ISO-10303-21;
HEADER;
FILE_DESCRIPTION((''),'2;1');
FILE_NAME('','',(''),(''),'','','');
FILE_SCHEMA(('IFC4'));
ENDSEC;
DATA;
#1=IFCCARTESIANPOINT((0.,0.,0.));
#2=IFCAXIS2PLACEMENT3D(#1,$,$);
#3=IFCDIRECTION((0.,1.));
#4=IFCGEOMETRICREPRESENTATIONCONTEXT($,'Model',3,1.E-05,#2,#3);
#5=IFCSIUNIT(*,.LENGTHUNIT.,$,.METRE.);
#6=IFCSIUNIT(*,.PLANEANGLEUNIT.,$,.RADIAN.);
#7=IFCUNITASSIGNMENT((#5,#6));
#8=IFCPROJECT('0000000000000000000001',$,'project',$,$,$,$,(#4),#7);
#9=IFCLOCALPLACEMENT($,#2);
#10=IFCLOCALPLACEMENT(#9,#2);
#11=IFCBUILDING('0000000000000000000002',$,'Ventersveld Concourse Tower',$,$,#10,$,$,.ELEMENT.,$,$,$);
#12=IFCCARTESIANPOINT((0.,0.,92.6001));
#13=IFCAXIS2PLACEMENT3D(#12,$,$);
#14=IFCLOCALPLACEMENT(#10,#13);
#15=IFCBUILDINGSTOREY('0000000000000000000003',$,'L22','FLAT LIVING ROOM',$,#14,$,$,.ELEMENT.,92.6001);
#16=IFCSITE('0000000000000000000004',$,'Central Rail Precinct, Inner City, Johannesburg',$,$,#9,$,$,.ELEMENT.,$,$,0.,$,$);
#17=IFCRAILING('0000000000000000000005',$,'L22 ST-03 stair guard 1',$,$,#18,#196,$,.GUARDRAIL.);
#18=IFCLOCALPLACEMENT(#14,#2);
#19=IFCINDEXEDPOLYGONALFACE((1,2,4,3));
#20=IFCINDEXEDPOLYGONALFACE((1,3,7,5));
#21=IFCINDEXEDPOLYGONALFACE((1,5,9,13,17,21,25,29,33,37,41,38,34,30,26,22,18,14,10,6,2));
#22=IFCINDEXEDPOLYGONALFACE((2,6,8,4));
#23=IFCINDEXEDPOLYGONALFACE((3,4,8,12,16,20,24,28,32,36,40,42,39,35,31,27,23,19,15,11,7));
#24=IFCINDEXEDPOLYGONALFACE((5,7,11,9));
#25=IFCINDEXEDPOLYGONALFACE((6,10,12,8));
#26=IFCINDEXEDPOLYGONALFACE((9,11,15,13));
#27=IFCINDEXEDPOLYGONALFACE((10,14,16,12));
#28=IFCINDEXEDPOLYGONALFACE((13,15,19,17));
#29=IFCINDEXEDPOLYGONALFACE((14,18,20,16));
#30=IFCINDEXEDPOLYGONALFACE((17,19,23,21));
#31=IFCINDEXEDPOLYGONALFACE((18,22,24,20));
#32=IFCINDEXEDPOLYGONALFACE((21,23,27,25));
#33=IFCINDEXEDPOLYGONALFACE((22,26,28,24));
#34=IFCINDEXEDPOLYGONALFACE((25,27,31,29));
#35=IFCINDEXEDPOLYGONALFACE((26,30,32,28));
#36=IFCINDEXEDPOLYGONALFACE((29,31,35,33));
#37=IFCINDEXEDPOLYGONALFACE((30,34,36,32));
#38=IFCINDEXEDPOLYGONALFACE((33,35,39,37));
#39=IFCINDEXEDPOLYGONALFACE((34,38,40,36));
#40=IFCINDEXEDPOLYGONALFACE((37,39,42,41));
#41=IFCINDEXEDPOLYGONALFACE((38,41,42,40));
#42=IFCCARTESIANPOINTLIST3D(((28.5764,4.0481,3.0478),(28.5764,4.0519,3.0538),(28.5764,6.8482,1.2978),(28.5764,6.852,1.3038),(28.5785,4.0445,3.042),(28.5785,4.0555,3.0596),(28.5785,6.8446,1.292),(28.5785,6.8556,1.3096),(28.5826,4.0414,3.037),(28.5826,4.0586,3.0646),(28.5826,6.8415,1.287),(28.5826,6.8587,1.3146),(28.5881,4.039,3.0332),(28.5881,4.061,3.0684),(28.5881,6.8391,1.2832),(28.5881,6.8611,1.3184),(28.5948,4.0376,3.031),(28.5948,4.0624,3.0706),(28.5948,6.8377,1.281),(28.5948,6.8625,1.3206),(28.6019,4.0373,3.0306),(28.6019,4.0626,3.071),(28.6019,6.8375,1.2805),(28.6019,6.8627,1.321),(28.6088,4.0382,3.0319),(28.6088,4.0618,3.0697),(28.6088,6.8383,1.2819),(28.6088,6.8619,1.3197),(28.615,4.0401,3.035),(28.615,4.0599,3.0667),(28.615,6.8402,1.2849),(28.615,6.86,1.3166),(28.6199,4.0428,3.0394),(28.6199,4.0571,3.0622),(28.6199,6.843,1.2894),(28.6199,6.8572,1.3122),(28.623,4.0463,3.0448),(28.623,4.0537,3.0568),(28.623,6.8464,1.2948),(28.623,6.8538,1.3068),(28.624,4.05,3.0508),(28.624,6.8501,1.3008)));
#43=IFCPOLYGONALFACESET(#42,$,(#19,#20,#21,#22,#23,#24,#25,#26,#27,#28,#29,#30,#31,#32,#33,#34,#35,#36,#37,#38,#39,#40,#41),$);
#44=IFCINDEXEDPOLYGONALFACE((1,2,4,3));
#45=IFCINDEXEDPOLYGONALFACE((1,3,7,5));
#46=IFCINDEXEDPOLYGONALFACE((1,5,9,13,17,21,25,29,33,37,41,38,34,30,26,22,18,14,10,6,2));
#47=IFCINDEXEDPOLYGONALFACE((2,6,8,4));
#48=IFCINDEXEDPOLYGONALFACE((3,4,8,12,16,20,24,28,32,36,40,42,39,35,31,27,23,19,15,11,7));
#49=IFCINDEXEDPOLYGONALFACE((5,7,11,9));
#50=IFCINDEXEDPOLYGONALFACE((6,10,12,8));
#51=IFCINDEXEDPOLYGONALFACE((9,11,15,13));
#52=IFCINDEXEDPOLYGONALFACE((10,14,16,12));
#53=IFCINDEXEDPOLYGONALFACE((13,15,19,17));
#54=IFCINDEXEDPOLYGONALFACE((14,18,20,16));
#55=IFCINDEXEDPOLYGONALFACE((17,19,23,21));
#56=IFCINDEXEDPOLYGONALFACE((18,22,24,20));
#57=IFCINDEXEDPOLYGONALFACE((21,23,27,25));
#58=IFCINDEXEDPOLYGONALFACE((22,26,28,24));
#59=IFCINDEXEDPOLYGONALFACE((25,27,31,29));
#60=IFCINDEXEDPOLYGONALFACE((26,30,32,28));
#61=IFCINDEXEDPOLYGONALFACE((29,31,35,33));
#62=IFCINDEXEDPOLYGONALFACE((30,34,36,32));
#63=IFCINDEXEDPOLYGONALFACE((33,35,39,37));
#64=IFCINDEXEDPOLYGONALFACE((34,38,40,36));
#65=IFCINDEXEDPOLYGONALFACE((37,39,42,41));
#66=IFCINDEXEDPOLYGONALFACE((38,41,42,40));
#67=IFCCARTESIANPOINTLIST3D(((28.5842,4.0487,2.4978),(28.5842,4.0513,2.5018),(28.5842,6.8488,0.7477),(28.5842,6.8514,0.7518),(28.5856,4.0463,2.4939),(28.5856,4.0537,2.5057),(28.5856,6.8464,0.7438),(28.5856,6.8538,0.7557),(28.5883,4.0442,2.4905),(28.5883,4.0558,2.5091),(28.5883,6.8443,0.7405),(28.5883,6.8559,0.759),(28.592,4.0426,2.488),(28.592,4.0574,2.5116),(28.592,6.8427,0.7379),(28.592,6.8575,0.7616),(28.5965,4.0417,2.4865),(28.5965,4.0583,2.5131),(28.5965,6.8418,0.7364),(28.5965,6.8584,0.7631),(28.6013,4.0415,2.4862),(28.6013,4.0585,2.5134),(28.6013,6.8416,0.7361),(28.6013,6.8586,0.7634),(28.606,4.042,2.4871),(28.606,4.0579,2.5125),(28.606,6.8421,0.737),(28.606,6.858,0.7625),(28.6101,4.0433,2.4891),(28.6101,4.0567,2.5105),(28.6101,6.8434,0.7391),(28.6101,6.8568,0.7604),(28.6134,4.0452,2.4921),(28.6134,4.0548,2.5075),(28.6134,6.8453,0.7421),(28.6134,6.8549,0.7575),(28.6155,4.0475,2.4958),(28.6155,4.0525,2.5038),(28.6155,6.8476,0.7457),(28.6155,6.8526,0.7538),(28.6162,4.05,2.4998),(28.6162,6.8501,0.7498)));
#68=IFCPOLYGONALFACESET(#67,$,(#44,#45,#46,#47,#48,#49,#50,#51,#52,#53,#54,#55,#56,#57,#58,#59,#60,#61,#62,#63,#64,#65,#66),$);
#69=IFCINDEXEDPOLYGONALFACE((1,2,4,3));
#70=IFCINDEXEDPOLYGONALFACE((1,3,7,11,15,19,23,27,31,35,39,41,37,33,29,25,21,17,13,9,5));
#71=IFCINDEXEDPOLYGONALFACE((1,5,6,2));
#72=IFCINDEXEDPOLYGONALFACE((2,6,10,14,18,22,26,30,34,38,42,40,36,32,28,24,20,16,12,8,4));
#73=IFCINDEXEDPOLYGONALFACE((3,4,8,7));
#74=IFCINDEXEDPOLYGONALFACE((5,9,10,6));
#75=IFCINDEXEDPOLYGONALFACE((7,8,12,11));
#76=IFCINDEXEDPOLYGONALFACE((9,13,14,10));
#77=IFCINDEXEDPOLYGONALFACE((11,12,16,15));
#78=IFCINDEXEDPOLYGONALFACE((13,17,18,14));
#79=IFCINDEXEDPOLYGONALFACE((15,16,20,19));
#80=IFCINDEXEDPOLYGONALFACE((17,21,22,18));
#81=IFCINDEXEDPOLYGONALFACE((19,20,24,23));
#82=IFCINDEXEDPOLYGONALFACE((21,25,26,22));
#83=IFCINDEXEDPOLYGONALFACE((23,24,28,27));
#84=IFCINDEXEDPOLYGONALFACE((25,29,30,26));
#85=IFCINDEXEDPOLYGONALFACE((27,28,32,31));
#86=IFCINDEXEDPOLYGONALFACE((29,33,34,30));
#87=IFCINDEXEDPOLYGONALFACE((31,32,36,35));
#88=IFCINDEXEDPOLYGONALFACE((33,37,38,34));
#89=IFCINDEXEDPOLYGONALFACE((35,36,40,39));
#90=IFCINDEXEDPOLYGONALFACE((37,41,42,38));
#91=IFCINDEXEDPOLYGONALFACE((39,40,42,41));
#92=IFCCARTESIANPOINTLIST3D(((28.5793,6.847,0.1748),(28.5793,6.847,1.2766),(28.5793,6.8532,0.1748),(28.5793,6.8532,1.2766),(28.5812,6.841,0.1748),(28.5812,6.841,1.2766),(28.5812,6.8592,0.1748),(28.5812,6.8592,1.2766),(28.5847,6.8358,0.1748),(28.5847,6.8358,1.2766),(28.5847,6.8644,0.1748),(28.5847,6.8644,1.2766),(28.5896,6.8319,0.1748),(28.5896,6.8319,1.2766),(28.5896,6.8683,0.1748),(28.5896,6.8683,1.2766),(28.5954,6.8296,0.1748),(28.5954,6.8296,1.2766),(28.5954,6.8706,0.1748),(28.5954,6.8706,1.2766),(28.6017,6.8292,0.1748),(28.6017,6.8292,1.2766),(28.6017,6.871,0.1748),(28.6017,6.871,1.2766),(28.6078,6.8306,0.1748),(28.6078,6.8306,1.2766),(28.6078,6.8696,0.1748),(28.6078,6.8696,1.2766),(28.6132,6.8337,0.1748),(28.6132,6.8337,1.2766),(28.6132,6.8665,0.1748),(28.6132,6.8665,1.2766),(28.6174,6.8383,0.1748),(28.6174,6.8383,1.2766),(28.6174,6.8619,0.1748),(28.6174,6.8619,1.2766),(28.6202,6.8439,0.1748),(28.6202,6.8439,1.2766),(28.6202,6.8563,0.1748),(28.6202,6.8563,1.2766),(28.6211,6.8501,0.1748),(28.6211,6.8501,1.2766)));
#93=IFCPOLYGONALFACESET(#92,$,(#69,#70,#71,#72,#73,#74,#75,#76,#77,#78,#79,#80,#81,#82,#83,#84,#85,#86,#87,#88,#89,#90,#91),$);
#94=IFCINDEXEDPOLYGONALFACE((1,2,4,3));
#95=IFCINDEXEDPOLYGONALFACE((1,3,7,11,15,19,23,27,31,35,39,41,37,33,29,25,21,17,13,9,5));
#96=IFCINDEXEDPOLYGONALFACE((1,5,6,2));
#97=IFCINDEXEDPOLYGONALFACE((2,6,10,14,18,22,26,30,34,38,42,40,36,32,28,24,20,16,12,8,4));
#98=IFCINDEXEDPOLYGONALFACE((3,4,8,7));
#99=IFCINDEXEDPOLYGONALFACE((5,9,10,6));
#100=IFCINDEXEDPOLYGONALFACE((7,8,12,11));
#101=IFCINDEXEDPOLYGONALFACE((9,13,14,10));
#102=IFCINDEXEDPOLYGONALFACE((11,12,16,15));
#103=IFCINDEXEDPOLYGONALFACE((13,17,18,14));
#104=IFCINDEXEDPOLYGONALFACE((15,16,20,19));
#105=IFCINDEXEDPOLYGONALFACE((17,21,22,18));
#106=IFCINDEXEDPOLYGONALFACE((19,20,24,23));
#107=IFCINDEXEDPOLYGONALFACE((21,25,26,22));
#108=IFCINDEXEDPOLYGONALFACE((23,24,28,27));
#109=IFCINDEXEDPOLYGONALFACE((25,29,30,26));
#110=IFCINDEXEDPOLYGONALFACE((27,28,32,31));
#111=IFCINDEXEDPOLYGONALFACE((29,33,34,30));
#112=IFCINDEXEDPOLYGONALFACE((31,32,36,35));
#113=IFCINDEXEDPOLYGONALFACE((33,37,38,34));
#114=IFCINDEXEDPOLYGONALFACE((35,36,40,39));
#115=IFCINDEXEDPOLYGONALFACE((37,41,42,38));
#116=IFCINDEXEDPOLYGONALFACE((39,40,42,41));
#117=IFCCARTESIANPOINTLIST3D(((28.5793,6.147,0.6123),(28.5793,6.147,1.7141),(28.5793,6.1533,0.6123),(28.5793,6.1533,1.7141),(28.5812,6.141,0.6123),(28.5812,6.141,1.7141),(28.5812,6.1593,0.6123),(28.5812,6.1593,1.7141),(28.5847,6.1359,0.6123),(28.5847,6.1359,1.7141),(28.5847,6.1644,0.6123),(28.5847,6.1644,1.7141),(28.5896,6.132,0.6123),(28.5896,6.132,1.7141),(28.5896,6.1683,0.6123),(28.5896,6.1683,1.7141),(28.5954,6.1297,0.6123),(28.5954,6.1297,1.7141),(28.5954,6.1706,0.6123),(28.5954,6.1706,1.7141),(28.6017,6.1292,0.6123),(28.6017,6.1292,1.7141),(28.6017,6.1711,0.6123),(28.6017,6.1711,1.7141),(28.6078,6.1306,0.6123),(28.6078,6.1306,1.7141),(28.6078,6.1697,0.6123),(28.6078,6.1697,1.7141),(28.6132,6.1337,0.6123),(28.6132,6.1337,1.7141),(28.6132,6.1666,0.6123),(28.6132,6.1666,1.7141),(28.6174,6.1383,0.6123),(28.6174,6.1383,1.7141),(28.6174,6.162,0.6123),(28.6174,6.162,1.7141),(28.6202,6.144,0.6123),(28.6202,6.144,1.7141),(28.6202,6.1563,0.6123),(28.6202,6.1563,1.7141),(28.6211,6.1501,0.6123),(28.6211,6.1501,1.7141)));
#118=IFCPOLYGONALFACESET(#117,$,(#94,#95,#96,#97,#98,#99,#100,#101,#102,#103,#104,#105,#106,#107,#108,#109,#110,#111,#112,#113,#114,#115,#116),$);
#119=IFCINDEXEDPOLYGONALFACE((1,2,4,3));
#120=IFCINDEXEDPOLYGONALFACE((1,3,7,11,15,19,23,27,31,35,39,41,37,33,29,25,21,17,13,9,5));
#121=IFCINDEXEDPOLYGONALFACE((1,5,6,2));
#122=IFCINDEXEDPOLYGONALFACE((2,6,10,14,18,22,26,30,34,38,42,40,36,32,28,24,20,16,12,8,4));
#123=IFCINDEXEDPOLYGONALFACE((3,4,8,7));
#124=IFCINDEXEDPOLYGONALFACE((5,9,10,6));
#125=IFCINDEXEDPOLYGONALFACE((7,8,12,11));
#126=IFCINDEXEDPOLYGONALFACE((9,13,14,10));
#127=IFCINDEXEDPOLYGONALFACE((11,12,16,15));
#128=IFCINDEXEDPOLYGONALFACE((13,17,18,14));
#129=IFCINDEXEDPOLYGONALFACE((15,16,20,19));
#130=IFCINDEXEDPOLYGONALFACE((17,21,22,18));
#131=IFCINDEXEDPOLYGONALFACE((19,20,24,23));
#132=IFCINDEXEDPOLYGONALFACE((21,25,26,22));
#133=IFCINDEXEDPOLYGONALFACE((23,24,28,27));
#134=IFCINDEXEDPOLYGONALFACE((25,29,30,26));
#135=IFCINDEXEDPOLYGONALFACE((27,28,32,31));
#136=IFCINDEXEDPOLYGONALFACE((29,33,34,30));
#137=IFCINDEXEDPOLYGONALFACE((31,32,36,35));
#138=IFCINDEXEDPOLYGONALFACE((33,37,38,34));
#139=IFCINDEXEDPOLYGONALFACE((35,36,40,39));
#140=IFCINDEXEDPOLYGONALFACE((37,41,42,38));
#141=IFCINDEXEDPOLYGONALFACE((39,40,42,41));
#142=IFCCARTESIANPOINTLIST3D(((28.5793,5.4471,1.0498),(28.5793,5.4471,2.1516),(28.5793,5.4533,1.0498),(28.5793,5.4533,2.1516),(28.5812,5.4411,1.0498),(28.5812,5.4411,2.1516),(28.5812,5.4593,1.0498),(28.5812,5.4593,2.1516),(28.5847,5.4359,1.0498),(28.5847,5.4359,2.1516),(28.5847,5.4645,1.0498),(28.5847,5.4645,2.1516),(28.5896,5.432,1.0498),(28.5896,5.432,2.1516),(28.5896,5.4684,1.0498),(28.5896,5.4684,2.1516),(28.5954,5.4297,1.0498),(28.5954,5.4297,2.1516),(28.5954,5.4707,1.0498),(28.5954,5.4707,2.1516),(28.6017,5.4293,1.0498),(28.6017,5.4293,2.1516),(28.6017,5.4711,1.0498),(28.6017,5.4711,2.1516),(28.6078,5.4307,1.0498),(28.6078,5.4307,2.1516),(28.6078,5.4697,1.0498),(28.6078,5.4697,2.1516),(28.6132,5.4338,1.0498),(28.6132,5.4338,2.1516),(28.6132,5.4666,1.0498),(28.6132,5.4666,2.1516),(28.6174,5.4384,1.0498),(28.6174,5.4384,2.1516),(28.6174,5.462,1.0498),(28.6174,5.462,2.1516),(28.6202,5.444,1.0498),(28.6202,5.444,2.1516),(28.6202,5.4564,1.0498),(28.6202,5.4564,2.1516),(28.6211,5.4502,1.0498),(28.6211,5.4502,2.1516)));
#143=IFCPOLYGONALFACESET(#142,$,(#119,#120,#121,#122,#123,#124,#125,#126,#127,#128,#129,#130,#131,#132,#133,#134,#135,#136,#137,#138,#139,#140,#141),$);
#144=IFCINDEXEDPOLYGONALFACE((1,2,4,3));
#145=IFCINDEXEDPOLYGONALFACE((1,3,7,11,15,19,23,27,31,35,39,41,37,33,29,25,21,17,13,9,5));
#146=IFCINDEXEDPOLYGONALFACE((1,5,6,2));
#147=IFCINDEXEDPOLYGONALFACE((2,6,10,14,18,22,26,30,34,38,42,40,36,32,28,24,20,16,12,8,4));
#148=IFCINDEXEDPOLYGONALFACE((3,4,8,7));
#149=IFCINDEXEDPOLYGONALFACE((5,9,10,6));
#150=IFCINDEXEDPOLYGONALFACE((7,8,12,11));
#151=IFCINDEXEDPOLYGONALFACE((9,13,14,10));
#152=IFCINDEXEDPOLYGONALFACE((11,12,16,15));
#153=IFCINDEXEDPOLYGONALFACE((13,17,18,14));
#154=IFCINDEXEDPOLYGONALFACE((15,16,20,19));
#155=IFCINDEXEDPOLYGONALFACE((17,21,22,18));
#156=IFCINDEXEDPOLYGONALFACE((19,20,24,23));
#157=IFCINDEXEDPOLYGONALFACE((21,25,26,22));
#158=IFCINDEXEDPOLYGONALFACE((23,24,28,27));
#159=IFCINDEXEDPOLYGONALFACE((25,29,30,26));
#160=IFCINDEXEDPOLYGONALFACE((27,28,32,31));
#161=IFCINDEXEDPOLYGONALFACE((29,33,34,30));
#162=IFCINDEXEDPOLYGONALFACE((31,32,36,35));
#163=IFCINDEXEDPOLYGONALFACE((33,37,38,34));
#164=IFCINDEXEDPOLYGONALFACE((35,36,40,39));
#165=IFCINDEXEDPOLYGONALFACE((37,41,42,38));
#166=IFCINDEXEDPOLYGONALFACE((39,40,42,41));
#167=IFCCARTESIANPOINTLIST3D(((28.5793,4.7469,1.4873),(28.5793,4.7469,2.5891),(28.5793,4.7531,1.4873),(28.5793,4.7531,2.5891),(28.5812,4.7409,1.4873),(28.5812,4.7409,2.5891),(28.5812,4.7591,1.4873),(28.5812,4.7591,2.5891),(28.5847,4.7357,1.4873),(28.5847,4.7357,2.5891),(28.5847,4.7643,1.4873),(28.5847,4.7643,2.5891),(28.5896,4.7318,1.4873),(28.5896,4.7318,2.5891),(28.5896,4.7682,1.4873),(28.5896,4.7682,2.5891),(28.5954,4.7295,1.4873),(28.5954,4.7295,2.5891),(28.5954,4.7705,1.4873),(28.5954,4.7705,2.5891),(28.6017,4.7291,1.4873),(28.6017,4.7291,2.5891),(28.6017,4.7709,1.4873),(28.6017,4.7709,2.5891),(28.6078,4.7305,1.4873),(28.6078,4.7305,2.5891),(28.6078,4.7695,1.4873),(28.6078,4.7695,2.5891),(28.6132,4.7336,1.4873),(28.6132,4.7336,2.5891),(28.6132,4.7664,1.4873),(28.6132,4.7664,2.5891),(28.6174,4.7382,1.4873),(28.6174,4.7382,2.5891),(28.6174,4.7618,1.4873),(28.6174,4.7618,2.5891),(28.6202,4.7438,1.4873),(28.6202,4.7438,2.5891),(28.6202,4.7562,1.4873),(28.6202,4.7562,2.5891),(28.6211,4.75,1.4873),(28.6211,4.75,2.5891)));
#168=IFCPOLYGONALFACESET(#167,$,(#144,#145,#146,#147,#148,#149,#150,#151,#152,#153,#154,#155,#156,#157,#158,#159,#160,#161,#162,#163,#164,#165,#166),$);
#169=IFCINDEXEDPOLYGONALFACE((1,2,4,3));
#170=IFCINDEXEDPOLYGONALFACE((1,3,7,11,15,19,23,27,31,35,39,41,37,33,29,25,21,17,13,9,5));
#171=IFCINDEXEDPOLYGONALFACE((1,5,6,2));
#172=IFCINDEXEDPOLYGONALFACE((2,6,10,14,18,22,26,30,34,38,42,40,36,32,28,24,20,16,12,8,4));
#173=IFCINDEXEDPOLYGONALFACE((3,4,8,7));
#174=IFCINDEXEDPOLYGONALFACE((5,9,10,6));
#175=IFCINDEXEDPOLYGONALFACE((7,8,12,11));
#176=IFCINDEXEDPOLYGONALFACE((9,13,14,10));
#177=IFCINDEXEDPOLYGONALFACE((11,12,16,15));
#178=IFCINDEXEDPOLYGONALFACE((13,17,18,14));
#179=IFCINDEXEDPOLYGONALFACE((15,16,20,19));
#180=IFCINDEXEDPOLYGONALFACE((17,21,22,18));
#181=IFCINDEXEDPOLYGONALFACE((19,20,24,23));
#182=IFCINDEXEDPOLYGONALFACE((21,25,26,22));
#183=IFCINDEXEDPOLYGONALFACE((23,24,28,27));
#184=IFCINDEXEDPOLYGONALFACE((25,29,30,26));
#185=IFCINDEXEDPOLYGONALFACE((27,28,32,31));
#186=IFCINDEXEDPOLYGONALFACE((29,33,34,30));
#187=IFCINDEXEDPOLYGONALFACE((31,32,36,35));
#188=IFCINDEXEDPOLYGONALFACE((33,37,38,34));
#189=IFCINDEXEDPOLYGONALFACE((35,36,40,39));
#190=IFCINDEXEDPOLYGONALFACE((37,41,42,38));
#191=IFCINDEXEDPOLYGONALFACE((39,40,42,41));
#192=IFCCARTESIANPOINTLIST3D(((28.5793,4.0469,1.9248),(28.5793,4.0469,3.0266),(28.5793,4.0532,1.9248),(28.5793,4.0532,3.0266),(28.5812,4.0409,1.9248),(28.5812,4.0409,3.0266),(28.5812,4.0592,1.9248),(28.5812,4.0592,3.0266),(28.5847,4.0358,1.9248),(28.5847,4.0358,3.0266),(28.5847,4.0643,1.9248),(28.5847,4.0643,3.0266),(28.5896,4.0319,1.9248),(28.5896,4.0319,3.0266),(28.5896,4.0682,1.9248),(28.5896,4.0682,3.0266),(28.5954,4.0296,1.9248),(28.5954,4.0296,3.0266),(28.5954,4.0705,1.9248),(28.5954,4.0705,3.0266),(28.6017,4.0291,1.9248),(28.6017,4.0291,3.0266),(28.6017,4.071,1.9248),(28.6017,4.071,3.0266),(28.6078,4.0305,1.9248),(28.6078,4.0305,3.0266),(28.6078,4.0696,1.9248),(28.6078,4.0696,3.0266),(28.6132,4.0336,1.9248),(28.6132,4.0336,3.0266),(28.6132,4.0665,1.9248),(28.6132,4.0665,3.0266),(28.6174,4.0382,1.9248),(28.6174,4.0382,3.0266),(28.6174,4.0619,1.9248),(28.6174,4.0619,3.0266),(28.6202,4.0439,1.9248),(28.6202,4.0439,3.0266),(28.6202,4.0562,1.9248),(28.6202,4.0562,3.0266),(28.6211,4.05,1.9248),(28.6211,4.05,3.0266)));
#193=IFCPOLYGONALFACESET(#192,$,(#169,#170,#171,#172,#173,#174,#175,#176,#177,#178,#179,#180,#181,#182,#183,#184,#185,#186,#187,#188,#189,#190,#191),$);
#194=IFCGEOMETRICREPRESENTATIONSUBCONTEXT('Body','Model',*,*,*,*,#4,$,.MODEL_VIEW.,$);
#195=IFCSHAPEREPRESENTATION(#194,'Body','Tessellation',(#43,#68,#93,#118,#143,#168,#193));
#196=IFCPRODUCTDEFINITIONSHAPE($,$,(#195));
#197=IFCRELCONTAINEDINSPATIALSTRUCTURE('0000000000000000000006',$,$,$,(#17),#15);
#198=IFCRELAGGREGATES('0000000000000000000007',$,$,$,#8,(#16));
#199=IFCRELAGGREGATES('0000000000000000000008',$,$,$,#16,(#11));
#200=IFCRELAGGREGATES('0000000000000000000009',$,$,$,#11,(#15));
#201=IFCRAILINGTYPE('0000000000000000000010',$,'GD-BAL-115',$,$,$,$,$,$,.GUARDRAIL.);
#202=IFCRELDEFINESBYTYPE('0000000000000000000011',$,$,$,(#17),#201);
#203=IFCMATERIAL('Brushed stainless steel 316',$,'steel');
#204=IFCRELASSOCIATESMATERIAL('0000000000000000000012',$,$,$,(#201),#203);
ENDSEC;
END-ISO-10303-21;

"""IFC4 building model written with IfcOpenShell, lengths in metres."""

from ifc_helpers import new_model, si_unit, direction, frame, origin, origin_2d, place, context, subcontext, project, spatial, circle, extrude, material, type_object, element, save


model = new_model("IFC4")

# Units and contexts
model_context = context("Model", 3, precision=1e-05, world=origin(), true_north=direction((0.0, 1.0)))
body_context = subcontext(model_context, "Body", "Model", "MODEL_VIEW")
ifc_project = project(units=[si_unit("LENGTHUNIT", "METRE"), si_unit("PLANEANGLEUNIT", "RADIAN")], contexts=[model_context])

# Site, building, storey
site_placement = place(None, origin())
site = spatial("IfcSite", under=ifc_project, at=site_placement, Name="Central Rail Precinct, Inner City, Johannesburg", CompositionType="ELEMENT", RefElevation=0.0)
building_placement = place(site_placement, origin())
building = spatial("IfcBuilding", under=site, at=building_placement, Name="Ventersveld Concourse Tower", CompositionType="ELEMENT")
storey_placement = place(building_placement, frame((0.0, 0.0, 92.6001)))
storey = spatial("IfcBuildingStorey", under=building, at=storey_placement, Name="L22", Description="FLAT LIVING ROOM", CompositionType="ELEMENT", Elevation=92.6001)

# Shared definitions
ifc_material_1 = material(Name="Brushed stainless steel 316", Category="steel")

# Railing
railing_type_1 = type_object("IfcRailingType", Name="GD-BAL-115", PredefinedType="GUARDRAIL", material=ifc_material_1)
railing_1_placement = place(storey_placement, frame((28.6001, 6.8501, 0.1748)))
element("IfcRailing", 1, at=railing_1_placement, inside=storey, type_object=railing_type_1, Name="L22 ST-03 stair guard 1", PredefinedType="GUARDRAIL", context=body_context, shape_type="SweptSolid", body=[
    extrude(circle(Radius=0.0239, at=origin_2d()), frame((0.0, 0.0, 1.126), z_axis=(0.0, -0.848002, 0.529992), x_axis=(1.0, 0.0, 0.0)), (0.0, 0.0, 1.0), 3.302),
    extrude(circle(Radius=0.0161, at=origin_2d()), frame((0.0, 0.0, 0.575), z_axis=(0.0, -0.848002, 0.529992), x_axis=(1.0, 0.0, 0.0)), (0.0, 0.0, 1.0), 3.302),
    extrude(circle(Radius=0.021, at=origin_2d()), origin(), (0.0, 0.0, 1.0), 1.1018),
    extrude(circle(Radius=0.021, at=origin_2d()), frame((0.0, -0.7, 0.4375)), (0.0, 0.0, 1.0), 1.1018),
    extrude(circle(Radius=0.021, at=origin_2d()), frame((0.0, -1.3999, 0.875)), (0.0, 0.0, 1.0), 1.1018),
    extrude(circle(Radius=0.021, at=origin_2d()), frame((0.0, -2.1001, 1.3125)), (0.0, 0.0, 1.0), 1.1018),
    extrude(circle(Radius=0.021, at=origin_2d()), frame((0.0, -2.8, 1.75)), (0.0, 0.0, 1.0), 1.1018),
])

save(model, "model.ifc")
